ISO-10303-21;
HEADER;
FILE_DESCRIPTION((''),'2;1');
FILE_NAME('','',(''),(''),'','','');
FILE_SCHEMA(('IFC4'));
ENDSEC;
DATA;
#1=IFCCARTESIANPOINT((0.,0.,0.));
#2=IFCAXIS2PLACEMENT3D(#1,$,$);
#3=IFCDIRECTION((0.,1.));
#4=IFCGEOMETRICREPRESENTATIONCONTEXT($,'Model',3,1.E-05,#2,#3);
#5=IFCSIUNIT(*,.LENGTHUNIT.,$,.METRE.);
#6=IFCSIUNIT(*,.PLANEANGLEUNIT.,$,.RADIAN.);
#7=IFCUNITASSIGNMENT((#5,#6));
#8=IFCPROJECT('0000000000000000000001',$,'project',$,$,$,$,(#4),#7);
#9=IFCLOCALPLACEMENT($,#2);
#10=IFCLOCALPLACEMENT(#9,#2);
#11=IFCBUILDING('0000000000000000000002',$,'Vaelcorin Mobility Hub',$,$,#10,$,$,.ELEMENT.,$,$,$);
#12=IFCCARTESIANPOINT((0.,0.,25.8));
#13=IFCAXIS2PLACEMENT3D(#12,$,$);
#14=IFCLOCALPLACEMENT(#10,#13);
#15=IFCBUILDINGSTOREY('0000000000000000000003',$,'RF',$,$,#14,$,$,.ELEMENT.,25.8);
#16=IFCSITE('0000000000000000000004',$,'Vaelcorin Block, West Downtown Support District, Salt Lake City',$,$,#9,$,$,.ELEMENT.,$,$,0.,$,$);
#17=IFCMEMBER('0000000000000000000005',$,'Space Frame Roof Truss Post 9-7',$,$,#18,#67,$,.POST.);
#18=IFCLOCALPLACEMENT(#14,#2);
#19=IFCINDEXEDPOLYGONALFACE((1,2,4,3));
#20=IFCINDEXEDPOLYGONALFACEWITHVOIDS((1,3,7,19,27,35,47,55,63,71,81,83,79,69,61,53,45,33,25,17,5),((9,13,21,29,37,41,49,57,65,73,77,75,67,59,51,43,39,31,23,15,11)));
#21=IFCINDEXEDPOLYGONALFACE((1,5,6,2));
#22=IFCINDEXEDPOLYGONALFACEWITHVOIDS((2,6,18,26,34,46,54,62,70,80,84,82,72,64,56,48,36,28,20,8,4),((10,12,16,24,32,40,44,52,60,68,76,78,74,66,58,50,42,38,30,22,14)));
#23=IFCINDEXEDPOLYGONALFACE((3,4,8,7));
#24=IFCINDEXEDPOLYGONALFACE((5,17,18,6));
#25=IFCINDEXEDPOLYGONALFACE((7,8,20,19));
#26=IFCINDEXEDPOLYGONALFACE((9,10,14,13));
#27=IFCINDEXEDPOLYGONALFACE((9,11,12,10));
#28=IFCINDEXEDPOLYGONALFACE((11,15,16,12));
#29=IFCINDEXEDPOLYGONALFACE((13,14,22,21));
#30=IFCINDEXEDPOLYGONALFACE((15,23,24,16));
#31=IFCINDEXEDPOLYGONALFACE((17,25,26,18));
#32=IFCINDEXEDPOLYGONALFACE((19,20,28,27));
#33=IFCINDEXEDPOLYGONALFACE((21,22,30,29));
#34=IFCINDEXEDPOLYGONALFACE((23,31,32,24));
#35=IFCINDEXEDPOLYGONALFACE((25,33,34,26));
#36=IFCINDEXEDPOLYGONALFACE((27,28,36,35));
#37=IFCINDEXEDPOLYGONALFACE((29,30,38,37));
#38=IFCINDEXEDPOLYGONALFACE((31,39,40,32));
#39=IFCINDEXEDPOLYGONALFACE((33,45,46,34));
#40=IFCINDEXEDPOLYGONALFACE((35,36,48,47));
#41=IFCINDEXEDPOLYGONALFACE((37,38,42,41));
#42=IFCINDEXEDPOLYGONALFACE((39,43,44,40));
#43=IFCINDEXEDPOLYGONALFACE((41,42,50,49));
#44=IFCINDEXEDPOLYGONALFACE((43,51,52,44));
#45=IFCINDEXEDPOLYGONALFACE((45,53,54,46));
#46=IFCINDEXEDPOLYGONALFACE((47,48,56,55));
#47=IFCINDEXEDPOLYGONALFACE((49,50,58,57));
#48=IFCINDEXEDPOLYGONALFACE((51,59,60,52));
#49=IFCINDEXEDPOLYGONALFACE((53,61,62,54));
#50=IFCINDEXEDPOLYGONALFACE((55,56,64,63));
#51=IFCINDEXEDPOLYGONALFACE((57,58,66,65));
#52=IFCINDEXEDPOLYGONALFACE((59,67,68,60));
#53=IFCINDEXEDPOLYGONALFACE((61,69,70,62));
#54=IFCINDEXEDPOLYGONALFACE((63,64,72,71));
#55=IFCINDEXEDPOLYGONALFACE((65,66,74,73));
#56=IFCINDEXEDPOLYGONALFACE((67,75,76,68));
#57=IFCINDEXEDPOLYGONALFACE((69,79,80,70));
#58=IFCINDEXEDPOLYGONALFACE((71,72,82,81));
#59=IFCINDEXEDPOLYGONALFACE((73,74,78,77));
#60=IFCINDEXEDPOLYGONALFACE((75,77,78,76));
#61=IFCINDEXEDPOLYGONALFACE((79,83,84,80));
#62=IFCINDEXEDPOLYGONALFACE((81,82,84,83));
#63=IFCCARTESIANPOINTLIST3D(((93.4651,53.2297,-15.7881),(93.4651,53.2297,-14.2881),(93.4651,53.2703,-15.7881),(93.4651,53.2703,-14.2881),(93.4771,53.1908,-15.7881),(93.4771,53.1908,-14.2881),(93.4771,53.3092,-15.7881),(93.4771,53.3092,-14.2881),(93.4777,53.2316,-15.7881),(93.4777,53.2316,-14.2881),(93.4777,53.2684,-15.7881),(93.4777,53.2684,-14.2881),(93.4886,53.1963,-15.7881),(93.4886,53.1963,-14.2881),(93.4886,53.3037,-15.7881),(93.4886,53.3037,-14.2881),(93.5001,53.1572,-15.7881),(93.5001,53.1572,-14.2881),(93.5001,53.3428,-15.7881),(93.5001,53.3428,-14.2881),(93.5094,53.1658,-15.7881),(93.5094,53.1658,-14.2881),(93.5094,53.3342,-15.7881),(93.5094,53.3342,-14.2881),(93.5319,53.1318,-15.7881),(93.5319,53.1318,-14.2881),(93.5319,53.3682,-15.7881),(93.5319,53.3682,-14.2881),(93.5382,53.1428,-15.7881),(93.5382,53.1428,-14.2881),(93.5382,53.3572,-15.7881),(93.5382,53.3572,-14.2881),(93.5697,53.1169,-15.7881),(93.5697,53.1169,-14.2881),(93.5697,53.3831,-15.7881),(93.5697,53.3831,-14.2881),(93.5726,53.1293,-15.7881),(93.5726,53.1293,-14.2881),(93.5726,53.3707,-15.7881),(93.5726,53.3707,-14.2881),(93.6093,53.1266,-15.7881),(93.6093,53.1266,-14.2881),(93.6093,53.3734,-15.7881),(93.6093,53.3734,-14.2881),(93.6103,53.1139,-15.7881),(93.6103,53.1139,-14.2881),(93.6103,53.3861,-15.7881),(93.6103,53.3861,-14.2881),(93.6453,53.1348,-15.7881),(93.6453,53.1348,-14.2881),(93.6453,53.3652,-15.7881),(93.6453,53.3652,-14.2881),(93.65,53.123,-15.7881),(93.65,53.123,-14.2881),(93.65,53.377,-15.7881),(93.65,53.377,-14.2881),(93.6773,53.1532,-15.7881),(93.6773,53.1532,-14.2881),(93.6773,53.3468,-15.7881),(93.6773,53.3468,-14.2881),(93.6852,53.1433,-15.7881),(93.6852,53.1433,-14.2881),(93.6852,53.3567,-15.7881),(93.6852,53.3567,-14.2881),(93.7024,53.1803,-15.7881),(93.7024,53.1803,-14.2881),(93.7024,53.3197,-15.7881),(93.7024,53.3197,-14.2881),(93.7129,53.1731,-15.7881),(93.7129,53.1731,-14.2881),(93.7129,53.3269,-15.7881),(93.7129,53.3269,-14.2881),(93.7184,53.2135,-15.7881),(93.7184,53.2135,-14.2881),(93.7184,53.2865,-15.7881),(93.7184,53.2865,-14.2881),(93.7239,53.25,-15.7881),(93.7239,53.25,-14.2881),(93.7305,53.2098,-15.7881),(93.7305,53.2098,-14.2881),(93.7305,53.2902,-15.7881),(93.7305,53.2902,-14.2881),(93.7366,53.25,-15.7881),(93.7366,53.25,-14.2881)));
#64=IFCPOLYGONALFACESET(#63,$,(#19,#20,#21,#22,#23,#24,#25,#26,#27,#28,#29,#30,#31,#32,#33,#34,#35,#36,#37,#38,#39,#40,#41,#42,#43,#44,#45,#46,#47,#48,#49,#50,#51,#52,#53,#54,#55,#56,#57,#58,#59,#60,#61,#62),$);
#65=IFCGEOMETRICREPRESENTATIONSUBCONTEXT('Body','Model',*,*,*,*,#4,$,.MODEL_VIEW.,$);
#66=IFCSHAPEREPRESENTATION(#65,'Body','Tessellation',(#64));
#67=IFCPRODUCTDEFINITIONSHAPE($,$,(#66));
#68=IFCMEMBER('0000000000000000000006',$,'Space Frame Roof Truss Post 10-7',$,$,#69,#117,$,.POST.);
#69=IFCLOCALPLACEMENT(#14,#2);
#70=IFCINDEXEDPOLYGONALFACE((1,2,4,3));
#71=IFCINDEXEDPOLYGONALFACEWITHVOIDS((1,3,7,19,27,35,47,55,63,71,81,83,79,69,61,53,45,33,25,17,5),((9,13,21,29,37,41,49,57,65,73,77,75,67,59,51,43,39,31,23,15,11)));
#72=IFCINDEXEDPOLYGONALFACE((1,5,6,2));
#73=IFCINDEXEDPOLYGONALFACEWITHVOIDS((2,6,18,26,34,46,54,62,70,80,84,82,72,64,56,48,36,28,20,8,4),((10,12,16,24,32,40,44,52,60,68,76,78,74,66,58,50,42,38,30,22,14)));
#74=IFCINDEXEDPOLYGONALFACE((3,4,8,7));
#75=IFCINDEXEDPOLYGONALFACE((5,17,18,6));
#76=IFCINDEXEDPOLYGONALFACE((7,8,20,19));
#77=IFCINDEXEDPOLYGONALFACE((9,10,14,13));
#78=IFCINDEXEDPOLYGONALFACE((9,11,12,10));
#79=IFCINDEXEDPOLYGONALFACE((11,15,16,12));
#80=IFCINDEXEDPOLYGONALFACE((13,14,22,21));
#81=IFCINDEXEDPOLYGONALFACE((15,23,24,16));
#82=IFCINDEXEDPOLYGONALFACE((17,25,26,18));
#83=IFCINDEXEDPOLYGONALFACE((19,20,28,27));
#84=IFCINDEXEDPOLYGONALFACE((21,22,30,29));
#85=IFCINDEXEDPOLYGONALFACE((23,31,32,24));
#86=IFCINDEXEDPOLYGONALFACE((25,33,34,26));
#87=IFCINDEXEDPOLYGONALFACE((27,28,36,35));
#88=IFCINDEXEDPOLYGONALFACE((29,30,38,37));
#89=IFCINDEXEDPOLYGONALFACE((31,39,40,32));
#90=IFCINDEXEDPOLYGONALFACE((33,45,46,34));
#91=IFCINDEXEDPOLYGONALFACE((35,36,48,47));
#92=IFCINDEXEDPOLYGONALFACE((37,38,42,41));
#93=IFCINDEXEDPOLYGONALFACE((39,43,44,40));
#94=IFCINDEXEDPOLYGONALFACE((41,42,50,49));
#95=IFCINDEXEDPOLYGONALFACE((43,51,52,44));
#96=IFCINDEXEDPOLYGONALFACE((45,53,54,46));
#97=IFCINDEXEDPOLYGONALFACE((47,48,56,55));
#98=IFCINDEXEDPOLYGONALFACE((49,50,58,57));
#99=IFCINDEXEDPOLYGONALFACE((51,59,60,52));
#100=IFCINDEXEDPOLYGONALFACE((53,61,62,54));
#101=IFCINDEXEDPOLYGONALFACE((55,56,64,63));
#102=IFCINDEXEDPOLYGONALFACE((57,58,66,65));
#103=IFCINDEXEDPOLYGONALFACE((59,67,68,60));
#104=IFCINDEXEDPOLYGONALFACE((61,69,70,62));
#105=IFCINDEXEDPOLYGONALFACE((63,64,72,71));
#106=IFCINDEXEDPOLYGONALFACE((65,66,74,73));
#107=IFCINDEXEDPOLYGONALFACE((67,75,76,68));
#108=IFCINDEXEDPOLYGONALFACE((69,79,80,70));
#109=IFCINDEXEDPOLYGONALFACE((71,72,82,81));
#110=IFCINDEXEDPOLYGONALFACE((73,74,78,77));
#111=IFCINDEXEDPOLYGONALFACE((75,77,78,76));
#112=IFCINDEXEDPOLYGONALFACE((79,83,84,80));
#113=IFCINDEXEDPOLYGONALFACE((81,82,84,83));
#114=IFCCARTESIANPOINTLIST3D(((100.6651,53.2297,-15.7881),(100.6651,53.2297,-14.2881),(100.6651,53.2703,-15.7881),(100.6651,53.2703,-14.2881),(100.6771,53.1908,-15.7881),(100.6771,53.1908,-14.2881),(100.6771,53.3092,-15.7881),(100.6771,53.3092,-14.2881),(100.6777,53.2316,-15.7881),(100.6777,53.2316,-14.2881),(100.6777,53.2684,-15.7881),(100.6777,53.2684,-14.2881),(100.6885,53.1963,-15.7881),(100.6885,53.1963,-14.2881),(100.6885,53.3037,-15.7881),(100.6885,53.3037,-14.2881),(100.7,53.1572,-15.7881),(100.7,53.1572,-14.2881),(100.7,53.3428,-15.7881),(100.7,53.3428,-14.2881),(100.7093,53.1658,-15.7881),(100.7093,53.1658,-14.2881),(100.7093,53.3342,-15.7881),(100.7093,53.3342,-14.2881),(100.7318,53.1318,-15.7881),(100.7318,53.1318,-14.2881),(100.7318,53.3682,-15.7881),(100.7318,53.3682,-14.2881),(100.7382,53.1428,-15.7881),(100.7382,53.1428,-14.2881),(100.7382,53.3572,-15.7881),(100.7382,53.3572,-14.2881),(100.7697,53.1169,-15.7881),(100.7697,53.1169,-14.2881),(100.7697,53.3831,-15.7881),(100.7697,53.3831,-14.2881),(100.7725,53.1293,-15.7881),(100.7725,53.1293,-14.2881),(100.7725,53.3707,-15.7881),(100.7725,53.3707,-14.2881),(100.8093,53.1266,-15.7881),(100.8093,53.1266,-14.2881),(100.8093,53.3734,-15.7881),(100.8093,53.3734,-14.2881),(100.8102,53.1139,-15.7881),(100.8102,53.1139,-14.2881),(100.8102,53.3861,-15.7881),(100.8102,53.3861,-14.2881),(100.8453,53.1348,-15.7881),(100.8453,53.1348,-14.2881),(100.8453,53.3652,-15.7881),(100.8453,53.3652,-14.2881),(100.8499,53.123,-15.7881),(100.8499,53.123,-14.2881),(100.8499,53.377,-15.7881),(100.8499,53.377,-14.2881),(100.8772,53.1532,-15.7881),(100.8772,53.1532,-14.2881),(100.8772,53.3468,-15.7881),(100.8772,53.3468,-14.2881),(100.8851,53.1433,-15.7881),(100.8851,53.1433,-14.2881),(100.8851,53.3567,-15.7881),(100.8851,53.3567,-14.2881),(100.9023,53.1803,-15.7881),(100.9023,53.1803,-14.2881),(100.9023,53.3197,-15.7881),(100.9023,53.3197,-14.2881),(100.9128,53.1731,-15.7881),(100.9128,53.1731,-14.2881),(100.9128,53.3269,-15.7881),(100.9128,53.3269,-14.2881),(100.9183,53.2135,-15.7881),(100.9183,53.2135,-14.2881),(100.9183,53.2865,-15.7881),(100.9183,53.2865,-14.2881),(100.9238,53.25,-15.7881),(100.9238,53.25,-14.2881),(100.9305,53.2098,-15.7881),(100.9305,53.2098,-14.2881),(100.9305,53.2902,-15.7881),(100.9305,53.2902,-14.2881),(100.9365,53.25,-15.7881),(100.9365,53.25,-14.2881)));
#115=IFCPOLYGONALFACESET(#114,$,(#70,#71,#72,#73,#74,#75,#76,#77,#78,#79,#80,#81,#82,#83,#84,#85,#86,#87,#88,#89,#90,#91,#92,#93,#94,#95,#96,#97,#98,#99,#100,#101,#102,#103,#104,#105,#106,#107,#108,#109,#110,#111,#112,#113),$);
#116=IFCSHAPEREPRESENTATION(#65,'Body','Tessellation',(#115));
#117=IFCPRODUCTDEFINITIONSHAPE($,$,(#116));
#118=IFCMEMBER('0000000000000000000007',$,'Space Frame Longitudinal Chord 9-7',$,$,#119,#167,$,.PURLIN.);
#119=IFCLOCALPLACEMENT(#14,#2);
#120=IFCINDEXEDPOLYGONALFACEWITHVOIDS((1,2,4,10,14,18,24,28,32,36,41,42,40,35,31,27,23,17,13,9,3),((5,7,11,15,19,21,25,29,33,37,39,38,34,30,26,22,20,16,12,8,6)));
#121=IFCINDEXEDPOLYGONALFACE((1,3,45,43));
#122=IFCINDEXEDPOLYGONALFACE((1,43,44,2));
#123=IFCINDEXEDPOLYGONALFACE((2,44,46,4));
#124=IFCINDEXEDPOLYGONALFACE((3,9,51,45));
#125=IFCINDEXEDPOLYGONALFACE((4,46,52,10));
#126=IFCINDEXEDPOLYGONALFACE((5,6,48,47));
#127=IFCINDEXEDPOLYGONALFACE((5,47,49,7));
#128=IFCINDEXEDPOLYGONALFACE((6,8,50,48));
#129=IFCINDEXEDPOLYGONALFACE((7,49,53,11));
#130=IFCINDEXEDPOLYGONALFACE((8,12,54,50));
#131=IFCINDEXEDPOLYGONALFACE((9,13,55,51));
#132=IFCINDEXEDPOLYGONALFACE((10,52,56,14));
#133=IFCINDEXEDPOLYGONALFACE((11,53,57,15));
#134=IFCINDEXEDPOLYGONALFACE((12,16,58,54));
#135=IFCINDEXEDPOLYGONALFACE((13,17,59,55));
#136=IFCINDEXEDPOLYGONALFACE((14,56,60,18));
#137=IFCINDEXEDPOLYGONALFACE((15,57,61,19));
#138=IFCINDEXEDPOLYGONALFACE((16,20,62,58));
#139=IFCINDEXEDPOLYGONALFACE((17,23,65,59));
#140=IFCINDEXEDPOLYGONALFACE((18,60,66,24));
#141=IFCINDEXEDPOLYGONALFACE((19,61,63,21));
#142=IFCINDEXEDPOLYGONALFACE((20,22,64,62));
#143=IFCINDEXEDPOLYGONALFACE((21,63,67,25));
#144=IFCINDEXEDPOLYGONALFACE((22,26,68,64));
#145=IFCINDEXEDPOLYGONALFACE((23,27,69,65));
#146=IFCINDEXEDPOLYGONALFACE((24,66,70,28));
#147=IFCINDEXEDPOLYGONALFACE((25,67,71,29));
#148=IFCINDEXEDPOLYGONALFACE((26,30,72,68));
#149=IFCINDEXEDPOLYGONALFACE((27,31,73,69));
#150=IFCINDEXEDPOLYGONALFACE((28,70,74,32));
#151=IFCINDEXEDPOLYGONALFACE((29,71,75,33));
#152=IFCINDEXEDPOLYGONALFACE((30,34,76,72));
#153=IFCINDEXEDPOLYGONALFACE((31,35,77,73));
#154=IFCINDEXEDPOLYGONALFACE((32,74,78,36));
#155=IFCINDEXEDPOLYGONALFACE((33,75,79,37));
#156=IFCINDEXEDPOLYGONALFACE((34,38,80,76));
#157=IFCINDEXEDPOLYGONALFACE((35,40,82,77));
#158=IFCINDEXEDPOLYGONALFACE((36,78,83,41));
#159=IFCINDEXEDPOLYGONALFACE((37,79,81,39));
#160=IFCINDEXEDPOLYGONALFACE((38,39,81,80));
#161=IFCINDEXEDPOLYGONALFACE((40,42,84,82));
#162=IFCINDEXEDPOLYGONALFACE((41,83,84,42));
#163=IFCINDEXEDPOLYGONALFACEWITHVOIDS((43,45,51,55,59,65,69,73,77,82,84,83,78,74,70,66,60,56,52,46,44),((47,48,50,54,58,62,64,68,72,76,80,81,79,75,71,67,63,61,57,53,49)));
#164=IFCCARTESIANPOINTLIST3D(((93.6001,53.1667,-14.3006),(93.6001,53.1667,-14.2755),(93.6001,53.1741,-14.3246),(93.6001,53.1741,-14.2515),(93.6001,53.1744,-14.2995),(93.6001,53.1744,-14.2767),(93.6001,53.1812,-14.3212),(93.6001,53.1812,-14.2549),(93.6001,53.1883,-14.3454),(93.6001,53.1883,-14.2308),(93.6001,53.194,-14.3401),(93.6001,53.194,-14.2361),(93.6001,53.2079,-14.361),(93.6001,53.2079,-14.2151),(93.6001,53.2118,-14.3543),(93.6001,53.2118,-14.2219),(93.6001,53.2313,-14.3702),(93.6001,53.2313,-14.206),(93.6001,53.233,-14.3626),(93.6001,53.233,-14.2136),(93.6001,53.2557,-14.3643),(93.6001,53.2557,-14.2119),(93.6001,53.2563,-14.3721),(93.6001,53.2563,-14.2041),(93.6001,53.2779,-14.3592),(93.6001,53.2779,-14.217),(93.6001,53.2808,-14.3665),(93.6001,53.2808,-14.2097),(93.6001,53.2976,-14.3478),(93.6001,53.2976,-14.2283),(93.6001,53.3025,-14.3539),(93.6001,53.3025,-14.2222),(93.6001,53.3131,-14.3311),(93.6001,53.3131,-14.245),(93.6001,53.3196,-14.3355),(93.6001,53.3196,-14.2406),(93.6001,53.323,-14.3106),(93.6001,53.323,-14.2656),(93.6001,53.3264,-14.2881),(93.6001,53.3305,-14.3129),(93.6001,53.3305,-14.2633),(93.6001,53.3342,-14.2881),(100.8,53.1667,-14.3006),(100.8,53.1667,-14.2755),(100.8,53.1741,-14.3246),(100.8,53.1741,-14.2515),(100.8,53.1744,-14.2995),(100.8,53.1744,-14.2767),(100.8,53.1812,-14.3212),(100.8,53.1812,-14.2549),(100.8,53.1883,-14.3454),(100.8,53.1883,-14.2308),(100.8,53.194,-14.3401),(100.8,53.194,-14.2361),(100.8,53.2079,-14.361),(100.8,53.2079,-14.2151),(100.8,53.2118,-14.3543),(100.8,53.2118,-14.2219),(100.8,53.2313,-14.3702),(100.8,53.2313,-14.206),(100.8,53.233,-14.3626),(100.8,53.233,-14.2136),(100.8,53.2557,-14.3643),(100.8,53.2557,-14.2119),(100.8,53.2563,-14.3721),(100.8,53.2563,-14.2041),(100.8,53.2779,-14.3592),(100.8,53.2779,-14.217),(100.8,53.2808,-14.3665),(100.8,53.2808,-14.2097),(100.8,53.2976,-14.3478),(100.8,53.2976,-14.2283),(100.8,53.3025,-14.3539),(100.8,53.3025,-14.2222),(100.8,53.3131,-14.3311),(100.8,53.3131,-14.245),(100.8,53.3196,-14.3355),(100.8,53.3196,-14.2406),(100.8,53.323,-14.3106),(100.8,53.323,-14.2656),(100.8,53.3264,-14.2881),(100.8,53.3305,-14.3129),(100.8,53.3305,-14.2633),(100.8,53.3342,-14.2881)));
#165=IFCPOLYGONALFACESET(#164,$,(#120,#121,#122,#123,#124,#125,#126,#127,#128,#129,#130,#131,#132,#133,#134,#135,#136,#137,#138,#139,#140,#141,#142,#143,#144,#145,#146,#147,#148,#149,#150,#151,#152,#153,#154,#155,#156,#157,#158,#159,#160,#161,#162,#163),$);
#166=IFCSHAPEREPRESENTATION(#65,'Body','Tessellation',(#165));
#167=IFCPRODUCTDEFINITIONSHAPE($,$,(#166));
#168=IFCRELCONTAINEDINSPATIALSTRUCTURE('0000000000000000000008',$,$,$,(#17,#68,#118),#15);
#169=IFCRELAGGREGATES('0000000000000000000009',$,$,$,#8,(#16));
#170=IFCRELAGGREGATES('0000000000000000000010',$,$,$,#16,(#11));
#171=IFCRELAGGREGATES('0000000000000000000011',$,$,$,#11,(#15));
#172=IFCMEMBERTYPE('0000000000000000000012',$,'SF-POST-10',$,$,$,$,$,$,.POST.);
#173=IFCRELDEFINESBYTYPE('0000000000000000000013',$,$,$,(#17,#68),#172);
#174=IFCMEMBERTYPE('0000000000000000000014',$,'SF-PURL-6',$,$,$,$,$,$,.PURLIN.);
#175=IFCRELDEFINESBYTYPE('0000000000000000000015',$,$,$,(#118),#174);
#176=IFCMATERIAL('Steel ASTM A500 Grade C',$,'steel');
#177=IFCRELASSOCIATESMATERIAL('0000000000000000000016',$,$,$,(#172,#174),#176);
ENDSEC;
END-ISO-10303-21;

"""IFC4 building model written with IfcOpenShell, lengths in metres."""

from ifc_helpers import new_model, si_unit, direction, frame, origin, origin_2d, place, context, subcontext, project, spatial, hollow_circle, extrude, material, material_profile, profile_set, type_object, element, save


model = new_model("IFC4")

# Units and contexts
model_context = context("Model", 3, precision=1e-05, world=origin(), true_north=direction((0.0, 1.0)))
body_context = subcontext(model_context, "Body", "Model", "MODEL_VIEW")
ifc_project = project(units=[si_unit("LENGTHUNIT", "METRE"), si_unit("PLANEANGLEUNIT", "RADIAN")], contexts=[model_context])

# Site, building, storey
site_placement = place(None, origin())
site = spatial("IfcSite", under=ifc_project, at=site_placement, Name="Vaelcorin Block, West Downtown Support District, Salt Lake City", CompositionType="ELEMENT", RefElevation=0.0)
building_placement = place(site_placement, origin())
building = spatial("IfcBuilding", under=site, at=building_placement, Name="Vaelcorin Mobility Hub", CompositionType="ELEMENT")
storey_placement = place(building_placement, frame((0.0, 0.0, 25.8)))
storey = spatial("IfcBuildingStorey", under=building, at=storey_placement, Name="RF", CompositionType="ELEMENT", Elevation=25.8)

# Members
ifc_material_1 = material(Name="Steel ASTM A500 Grade C", Category="steel")
ifc_material_profile_1 = material_profile(ifc_material_1, hollow_circle(Radius=0.1365, WallThickness=0.0127, at=origin_2d()), Name="HSS10.750X0.500")
ifc_profile_set_1 = profile_set([ifc_material_profile_1], Name="Steel ASTM A500 Grade C")
member_type_1 = type_object("IfcMemberType", Name="SF-POST-10", PredefinedType="POST", material=ifc_profile_set_1)
for number, where, z_axis, x_axis, name in (
    (1, (93.6001, 53.25, -15.7881), (0.0, 0.0, 1.0), (1.0, 0.0, 0.0), "Space Frame Roof Truss Post 9-7"),
    (2, (100.8, 53.25, -15.7881), (0.0, 0.0, 1.0), (1.0, 0.0, 0.0), "Space Frame Roof Truss Post 10-7"),
):
    element("IfcMember", number, at=place(storey_placement, frame(where, z_axis=z_axis, x_axis=x_axis)), inside=storey, type_object=member_type_1, Name=name, PredefinedType="POST", context=body_context, shape_type="SweptSolid", body=[
        extrude(hollow_circle(Radius=0.1365, WallThickness=0.0127, at=origin_2d()), origin(), (0.0, 0.0, 1.0), 1.5),
    ])
ifc_material_profile_2 = material_profile(ifc_material_1, hollow_circle(Radius=0.0842, WallThickness=0.0078, at=origin_2d()), Name="HSS6.625X0.312")
ifc_profile_set_2 = profile_set([ifc_material_profile_2], Name="Steel ASTM A500 Grade C")
member_type_2 = type_object("IfcMemberType", Name="SF-PURL-6", PredefinedType="PURLIN", material=ifc_profile_set_2)
member_1_placement = place(storey_placement, frame((93.6001, 53.25, -14.2881), z_axis=(1.0, 0.0, 0.0), x_axis=(0.0, 1.0, 0.0)))
element("IfcMember", 3, at=member_1_placement, inside=storey, type_object=member_type_2, Name="Space Frame Longitudinal Chord 9-7", PredefinedType="PURLIN", context=body_context, shape_type="SweptSolid", body=[
    extrude(hollow_circle(Radius=0.0842, WallThickness=0.0078, at=origin_2d()), origin(), (0.0, 0.0, 1.0), 7.2),
])

save(model, "model.ifc")
